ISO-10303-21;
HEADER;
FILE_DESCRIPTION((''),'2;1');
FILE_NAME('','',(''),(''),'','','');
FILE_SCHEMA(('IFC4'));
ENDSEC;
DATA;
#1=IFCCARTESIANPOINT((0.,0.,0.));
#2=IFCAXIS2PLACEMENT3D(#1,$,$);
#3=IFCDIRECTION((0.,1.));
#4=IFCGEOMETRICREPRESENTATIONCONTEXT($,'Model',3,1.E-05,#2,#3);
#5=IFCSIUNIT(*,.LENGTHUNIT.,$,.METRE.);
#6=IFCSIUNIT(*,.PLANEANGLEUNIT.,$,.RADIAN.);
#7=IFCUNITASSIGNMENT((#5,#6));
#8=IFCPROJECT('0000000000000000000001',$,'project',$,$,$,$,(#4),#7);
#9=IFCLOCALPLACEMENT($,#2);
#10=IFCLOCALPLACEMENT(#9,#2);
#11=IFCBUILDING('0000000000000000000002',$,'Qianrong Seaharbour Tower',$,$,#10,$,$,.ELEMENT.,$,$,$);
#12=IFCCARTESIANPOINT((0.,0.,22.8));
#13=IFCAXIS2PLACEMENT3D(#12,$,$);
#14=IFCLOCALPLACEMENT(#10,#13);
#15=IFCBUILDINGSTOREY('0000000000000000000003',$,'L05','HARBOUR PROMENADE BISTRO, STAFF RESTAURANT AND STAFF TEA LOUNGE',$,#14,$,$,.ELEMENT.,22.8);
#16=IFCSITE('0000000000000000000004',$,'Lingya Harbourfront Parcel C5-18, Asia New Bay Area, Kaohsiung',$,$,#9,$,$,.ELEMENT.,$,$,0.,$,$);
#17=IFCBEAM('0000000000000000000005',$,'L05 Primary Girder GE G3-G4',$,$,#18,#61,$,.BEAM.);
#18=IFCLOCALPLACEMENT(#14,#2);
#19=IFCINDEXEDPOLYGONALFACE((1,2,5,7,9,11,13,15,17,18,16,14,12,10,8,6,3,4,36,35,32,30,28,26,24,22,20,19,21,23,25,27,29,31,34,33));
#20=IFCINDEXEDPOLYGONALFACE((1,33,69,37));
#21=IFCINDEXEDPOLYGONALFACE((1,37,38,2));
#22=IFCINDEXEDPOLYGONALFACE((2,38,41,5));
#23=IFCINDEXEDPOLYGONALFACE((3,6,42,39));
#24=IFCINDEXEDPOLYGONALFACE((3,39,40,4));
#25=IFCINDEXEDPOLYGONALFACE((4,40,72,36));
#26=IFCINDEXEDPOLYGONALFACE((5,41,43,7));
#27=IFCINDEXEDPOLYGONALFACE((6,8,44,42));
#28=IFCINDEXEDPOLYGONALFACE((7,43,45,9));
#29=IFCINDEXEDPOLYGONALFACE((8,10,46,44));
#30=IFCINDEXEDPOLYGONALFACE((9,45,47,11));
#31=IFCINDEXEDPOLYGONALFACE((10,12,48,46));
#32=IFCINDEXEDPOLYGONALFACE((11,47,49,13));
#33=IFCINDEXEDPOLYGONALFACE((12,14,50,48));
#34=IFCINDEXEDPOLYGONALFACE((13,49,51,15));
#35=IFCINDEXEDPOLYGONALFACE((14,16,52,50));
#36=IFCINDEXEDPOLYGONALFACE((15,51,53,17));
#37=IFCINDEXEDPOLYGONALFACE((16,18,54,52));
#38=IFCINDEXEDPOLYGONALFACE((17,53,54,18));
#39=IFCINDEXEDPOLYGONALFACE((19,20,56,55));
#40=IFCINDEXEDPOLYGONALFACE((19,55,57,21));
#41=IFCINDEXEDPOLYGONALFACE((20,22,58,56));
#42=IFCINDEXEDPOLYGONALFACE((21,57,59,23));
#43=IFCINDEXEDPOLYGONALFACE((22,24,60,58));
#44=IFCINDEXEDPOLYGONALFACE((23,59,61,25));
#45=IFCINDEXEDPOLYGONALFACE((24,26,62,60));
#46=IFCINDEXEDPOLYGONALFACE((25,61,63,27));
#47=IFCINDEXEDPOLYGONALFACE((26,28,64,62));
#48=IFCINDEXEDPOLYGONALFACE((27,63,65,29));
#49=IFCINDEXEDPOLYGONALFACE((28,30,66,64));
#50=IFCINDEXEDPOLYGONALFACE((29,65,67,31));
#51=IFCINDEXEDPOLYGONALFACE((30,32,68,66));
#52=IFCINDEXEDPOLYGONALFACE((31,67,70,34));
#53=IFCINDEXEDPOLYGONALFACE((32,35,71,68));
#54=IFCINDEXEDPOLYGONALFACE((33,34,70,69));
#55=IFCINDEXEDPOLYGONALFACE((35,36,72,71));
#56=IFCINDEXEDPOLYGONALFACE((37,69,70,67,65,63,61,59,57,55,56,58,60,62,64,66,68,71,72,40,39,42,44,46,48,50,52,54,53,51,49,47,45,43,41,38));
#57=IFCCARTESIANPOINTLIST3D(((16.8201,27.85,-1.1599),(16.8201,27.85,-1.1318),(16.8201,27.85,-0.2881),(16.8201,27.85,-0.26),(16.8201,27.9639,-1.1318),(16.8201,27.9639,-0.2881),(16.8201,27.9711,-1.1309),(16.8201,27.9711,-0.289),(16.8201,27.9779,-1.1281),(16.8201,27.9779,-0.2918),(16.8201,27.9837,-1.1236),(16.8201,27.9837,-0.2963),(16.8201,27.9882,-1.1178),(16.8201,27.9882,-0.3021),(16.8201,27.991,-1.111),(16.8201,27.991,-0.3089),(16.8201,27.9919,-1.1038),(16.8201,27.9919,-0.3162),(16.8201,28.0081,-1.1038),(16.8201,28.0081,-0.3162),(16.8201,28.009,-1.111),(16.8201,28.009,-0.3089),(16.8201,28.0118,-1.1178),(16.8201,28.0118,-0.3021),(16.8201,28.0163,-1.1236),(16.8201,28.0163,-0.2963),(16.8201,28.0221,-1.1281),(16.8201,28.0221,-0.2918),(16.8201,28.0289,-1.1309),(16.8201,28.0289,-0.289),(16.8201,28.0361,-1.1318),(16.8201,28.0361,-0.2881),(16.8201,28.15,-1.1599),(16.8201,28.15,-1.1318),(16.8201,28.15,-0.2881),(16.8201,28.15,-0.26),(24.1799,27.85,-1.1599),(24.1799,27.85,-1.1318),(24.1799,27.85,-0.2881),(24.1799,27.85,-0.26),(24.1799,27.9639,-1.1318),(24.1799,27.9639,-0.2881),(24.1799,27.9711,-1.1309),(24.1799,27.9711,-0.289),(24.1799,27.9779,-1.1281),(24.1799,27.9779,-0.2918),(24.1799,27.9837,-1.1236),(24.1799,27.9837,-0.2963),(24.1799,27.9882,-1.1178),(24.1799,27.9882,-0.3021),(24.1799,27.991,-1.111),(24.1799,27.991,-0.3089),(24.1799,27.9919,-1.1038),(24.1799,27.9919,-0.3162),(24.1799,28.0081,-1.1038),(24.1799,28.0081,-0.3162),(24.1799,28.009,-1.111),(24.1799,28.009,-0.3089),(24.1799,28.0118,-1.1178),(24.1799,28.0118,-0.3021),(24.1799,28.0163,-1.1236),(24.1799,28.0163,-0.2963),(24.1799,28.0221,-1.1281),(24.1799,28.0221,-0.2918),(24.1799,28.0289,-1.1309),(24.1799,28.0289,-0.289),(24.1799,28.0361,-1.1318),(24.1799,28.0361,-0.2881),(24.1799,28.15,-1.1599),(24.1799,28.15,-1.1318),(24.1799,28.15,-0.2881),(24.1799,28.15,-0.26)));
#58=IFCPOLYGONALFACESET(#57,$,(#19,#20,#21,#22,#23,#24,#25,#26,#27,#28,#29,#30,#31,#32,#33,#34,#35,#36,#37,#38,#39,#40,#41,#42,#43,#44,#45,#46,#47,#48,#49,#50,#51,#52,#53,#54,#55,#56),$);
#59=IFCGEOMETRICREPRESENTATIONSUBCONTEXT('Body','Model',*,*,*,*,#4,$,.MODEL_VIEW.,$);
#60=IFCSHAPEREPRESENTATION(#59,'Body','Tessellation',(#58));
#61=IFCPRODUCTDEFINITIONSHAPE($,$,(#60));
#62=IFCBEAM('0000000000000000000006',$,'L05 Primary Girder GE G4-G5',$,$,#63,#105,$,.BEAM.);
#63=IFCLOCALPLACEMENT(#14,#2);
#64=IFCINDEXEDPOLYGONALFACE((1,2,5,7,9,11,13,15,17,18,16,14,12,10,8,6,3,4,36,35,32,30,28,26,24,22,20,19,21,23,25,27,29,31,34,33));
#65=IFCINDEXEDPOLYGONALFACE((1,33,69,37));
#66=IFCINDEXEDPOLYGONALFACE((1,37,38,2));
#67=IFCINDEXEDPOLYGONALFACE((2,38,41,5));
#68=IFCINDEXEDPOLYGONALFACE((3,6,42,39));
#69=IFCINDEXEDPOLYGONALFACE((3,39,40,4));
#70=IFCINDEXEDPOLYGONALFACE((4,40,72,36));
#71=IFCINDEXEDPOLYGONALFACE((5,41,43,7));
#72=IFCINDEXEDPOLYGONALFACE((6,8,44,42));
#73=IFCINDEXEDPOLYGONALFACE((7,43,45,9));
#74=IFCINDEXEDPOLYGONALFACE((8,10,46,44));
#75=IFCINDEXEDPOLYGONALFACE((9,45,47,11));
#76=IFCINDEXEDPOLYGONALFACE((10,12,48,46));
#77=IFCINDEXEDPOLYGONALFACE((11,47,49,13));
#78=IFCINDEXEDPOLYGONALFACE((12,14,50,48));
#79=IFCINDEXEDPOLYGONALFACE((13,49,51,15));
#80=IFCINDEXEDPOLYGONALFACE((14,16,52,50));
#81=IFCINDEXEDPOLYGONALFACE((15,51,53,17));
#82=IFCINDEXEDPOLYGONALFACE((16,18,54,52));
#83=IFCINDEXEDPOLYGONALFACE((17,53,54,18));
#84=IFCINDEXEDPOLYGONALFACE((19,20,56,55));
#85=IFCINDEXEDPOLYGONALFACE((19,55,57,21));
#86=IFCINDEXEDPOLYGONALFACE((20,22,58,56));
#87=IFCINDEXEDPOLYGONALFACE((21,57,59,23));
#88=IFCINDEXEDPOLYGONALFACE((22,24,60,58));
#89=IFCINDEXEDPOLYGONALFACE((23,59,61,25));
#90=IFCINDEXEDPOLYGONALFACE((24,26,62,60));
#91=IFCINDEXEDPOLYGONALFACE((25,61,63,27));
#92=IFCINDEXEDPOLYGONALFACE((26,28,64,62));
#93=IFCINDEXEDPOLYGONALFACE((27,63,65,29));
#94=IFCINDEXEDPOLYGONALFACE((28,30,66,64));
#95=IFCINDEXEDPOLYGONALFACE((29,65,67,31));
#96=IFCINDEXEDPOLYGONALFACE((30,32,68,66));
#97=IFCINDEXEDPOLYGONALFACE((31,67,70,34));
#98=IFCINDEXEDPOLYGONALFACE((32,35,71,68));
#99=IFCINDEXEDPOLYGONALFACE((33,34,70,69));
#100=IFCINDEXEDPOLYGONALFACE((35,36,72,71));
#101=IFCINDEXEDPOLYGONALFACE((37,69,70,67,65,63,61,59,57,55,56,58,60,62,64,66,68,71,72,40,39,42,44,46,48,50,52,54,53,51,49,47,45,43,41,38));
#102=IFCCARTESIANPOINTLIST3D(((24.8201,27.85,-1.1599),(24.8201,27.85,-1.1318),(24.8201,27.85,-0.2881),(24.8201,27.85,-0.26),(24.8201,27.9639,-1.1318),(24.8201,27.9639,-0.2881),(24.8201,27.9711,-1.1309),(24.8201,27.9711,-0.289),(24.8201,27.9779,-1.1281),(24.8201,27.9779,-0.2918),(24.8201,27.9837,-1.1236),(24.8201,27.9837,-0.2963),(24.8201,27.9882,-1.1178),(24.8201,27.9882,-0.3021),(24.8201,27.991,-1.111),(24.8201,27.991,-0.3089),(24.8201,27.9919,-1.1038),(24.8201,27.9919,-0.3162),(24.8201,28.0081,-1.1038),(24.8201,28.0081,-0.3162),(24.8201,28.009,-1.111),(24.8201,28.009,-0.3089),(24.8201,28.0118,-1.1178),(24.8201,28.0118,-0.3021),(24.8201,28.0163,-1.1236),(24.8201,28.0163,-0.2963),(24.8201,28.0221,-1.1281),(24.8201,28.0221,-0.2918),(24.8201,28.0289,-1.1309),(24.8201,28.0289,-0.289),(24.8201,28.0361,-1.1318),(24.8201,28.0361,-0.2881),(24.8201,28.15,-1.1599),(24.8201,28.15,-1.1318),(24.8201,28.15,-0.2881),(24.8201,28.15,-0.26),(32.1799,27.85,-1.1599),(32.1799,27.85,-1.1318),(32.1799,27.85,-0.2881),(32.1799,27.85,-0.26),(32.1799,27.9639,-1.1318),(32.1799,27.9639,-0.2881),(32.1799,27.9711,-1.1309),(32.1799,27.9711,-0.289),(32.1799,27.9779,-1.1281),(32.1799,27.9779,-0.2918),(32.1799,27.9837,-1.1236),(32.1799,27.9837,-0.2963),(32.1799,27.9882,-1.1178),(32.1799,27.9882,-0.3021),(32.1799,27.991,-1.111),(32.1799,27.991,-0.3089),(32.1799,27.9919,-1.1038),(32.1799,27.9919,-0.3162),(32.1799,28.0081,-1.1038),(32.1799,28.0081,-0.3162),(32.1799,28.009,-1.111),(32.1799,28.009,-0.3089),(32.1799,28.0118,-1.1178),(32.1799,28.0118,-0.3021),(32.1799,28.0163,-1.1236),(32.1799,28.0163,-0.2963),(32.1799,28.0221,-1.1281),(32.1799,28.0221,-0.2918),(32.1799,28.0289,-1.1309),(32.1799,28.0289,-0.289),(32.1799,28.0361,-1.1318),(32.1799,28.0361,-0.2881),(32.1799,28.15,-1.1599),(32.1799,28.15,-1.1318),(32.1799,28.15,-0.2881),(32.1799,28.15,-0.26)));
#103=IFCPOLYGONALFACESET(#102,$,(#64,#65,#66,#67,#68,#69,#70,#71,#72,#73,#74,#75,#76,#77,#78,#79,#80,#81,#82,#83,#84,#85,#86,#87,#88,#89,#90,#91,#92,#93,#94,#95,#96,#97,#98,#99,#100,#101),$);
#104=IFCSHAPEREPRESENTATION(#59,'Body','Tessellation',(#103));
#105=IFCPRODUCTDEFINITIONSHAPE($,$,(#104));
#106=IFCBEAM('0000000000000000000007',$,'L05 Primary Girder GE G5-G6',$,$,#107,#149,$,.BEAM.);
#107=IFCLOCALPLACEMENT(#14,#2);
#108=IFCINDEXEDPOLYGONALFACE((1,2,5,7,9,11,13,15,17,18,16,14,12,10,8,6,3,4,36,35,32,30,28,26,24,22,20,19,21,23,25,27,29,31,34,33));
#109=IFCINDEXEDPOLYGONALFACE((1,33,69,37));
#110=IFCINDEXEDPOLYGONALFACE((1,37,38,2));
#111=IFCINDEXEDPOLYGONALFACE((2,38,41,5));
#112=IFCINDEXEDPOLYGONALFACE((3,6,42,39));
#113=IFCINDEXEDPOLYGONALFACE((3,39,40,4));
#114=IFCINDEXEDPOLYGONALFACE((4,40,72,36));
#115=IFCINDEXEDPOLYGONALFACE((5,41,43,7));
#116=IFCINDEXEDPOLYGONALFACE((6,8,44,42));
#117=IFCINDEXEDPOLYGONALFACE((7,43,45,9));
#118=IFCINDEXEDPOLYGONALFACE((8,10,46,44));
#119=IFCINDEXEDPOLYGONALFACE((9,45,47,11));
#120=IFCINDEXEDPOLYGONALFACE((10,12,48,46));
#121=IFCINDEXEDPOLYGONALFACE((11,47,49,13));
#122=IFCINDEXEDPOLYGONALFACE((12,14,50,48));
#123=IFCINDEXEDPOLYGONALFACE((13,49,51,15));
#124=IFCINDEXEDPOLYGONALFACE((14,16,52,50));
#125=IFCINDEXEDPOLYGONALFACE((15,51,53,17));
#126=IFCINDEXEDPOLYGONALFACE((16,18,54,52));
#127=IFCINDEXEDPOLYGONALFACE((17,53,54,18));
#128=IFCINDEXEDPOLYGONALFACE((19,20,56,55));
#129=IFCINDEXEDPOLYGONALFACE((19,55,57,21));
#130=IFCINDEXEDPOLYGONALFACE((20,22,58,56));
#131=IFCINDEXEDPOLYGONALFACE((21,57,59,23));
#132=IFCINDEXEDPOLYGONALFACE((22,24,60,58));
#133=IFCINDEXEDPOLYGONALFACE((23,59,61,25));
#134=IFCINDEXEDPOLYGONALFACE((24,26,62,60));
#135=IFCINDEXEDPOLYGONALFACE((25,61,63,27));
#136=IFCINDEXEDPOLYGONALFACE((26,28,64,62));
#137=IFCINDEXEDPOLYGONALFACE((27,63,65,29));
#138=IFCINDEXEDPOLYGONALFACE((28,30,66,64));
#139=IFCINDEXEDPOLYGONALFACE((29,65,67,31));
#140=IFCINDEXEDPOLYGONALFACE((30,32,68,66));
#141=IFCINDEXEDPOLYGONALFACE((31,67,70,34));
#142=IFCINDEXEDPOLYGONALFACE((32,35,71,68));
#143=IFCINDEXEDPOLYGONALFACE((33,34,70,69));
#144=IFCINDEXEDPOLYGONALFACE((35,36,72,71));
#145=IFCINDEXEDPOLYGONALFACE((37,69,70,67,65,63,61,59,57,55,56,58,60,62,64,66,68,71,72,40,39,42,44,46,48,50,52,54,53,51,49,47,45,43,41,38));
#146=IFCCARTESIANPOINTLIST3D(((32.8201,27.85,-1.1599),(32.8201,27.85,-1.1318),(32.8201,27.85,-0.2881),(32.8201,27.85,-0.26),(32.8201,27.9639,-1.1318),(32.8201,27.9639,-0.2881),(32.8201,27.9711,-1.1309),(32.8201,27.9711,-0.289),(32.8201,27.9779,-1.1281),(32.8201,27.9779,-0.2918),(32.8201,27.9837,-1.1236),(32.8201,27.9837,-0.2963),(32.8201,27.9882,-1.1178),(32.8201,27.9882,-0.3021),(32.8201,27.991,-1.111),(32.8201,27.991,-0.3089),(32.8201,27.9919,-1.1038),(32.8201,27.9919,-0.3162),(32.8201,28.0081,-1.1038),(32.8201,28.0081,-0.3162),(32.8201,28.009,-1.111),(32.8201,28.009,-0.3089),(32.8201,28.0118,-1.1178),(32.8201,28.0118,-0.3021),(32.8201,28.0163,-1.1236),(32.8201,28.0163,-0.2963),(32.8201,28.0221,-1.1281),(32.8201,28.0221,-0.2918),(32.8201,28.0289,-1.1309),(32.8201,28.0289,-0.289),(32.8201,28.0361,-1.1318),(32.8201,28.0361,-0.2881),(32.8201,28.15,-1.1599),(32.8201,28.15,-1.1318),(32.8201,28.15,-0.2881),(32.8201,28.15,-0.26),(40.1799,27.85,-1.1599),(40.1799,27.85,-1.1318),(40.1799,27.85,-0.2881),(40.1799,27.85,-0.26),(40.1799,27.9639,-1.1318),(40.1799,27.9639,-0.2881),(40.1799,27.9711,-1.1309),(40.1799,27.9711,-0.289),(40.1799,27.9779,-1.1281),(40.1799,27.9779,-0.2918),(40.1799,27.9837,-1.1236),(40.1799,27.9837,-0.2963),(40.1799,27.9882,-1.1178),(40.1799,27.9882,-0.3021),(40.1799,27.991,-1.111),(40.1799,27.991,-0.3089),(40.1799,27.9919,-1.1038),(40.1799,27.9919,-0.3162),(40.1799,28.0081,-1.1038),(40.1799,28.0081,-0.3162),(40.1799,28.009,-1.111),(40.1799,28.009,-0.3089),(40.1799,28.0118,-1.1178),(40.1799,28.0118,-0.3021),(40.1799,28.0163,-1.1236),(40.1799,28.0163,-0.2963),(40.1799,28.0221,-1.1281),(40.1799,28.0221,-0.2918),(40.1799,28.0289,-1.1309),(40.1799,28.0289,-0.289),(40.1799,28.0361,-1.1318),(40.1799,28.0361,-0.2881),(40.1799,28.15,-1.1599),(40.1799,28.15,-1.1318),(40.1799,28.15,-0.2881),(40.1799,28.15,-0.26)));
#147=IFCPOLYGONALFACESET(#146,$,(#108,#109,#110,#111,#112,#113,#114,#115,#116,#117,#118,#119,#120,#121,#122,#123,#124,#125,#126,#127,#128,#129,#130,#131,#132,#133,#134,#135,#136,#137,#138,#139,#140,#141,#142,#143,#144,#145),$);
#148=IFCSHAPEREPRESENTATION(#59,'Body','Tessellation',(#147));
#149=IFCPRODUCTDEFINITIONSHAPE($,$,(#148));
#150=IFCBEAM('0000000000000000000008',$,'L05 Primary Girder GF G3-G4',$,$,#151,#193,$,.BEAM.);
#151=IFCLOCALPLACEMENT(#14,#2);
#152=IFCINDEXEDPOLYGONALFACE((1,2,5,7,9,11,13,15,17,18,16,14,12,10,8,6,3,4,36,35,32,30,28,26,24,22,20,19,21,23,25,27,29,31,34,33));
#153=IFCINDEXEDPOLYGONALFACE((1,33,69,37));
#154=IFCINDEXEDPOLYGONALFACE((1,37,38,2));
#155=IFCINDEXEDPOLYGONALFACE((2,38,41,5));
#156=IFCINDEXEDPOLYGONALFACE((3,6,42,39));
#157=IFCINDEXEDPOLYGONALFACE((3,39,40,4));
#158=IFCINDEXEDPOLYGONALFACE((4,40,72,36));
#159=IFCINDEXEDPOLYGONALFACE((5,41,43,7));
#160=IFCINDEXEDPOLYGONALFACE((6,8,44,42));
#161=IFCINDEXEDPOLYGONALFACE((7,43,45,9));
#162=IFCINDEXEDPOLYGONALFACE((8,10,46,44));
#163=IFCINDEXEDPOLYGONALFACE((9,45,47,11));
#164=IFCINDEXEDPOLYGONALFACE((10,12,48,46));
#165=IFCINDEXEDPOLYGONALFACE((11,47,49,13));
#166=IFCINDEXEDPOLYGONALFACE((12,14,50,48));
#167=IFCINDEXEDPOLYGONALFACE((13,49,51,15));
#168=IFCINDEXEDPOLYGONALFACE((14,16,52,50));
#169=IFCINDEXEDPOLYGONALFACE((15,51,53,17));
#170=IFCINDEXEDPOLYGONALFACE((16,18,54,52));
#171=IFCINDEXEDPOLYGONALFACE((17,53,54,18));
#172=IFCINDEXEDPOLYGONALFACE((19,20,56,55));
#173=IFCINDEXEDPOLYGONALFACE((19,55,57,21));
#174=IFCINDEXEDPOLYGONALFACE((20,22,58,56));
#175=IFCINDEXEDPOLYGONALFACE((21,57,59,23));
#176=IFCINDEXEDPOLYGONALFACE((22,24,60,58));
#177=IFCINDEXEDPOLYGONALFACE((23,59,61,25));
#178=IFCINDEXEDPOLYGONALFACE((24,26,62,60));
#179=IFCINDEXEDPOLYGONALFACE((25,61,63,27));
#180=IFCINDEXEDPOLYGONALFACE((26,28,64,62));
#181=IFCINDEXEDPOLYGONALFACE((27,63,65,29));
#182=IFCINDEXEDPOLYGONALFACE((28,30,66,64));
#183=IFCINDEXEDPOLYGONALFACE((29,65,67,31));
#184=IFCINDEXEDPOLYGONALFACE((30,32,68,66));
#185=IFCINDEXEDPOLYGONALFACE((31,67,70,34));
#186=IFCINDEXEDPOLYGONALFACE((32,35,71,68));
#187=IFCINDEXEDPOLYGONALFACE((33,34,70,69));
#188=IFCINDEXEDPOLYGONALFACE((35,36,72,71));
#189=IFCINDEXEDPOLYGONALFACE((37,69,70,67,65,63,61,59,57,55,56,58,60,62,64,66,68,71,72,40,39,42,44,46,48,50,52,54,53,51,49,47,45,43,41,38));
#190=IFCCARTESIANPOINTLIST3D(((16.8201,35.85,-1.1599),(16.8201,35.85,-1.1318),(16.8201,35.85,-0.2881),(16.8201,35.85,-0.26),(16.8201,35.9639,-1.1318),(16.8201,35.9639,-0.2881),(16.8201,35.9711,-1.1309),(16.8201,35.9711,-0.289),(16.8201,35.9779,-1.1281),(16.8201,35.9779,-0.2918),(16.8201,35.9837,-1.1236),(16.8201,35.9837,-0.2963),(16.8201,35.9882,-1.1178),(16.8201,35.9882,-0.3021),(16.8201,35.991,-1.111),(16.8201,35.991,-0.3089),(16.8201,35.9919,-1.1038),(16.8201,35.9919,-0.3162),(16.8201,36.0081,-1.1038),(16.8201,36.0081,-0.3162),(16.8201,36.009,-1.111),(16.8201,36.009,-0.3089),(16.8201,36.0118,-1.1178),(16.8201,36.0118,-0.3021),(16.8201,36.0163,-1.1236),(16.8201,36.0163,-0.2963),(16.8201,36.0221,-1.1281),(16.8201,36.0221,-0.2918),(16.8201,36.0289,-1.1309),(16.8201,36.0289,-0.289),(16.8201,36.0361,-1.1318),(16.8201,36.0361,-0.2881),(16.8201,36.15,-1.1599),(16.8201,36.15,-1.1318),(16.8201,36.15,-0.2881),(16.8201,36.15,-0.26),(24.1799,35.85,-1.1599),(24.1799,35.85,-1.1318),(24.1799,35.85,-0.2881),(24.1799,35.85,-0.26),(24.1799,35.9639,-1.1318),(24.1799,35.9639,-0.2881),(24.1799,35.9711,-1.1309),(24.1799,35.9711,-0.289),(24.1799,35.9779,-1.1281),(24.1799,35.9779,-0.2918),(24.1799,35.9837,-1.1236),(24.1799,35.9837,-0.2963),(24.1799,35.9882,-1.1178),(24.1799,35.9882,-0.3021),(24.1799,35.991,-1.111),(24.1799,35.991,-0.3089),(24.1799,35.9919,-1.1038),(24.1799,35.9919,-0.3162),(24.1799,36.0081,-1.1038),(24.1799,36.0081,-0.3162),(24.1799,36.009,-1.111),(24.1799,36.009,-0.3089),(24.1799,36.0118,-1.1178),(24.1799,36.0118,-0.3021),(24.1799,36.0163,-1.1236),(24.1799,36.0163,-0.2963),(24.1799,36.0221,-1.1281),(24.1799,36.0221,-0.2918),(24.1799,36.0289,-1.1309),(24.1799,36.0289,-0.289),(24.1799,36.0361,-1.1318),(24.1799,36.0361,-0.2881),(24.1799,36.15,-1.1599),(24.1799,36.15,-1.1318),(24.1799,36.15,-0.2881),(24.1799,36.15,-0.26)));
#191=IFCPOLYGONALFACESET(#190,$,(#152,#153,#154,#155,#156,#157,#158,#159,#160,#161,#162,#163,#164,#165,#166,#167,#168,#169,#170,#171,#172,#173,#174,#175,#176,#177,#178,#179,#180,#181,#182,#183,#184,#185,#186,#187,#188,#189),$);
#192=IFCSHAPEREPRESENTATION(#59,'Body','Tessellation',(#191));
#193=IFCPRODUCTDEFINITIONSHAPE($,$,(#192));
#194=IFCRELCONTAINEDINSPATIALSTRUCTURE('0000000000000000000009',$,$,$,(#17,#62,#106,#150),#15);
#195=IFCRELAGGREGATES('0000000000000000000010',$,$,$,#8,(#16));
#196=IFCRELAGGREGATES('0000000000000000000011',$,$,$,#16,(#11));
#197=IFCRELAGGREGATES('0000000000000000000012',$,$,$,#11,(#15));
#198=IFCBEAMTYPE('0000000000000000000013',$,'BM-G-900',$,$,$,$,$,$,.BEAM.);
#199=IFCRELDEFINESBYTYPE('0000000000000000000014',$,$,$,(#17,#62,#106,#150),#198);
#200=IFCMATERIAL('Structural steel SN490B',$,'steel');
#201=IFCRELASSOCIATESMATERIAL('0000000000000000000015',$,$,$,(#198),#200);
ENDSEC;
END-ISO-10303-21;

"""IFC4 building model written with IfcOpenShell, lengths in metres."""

from ifc_helpers import new_model, si_unit, direction, frame, origin, origin_2d, place, context, subcontext, project, spatial, i_section, extrude, material, material_profile, profile_set, type_object, element, save


model = new_model("IFC4")

# Units and contexts
model_context = context("Model", 3, precision=1e-05, world=origin(), true_north=direction((0.0, 1.0)))
body_context = subcontext(model_context, "Body", "Model", "MODEL_VIEW")
ifc_project = project(units=[si_unit("LENGTHUNIT", "METRE"), si_unit("PLANEANGLEUNIT", "RADIAN")], contexts=[model_context])

# Site, building, storey
site_placement = place(None, origin())
site = spatial("IfcSite", under=ifc_project, at=site_placement, Name="Lingya Harbourfront Parcel C5-18, Asia New Bay Area, Kaohsiung", CompositionType="ELEMENT", RefElevation=0.0)
building_placement = place(site_placement, origin())
building = spatial("IfcBuilding", under=site, at=building_placement, Name="Qianrong Seaharbour Tower", CompositionType="ELEMENT")
storey_placement = place(building_placement, frame((0.0, 0.0, 22.8)))
storey = spatial("IfcBuildingStorey", under=building, at=storey_placement, Name="L05", Description="HARBOUR PROMENADE BISTRO, STAFF RESTAURANT AND STAFF TEA LOUNGE", CompositionType="ELEMENT", Elevation=22.8)

# Shared definitions
ifc_material_1 = material(Name="Structural steel SN490B", Category="steel")

# Beams
ifc_material_profile_1 = material_profile(ifc_material_1, i_section(OverallWidth=0.3, OverallDepth=0.8999, WebThickness=0.0161, FlangeThickness=0.0281, FilletRadius=0.0281, at=origin_2d()), Name="H900x300x16x28")
ifc_profile_set_1 = profile_set([ifc_material_profile_1], Name="Structural steel SN490B")
beam_type_1 = type_object("IfcBeamType", Name="BM-G-900", PredefinedType="BEAM", material=ifc_profile_set_1)
for number, where, z_axis, x_axis, name in (
    (1, (16.8201, 28.0, -0.71), (1.0, 0.0, 0.0), (0.0, 1.0, 0.0), "L05 Primary Girder GE G3-G4"),
    (2, (24.8201, 28.0, -0.71), (1.0, 0.0, 0.0), (0.0, 1.0, 0.0), "L05 Primary Girder GE G4-G5"),
    (3, (32.8201, 28.0, -0.71), (1.0, 0.0, 0.0), (0.0, 1.0, 0.0), "L05 Primary Girder GE G5-G6"),
    (4, (16.8201, 36.0, -0.71), (1.0, 0.0, 0.0), (0.0, 1.0, 0.0), "L05 Primary Girder GF G3-G4"),
):
    element("IfcBeam", number, at=place(storey_placement, frame(where, z_axis=z_axis, x_axis=x_axis)), inside=storey, type_object=beam_type_1, Name=name, PredefinedType="BEAM", context=body_context, shape_type="SweptSolid", body=[
        extrude(i_section(OverallWidth=0.3, OverallDepth=0.8999, WebThickness=0.0161, FlangeThickness=0.0281, FilletRadius=0.0281, at=origin_2d()), origin(), (0.0, 0.0, 1.0), 7.3599),
    ])

save(model, "model.ifc")
